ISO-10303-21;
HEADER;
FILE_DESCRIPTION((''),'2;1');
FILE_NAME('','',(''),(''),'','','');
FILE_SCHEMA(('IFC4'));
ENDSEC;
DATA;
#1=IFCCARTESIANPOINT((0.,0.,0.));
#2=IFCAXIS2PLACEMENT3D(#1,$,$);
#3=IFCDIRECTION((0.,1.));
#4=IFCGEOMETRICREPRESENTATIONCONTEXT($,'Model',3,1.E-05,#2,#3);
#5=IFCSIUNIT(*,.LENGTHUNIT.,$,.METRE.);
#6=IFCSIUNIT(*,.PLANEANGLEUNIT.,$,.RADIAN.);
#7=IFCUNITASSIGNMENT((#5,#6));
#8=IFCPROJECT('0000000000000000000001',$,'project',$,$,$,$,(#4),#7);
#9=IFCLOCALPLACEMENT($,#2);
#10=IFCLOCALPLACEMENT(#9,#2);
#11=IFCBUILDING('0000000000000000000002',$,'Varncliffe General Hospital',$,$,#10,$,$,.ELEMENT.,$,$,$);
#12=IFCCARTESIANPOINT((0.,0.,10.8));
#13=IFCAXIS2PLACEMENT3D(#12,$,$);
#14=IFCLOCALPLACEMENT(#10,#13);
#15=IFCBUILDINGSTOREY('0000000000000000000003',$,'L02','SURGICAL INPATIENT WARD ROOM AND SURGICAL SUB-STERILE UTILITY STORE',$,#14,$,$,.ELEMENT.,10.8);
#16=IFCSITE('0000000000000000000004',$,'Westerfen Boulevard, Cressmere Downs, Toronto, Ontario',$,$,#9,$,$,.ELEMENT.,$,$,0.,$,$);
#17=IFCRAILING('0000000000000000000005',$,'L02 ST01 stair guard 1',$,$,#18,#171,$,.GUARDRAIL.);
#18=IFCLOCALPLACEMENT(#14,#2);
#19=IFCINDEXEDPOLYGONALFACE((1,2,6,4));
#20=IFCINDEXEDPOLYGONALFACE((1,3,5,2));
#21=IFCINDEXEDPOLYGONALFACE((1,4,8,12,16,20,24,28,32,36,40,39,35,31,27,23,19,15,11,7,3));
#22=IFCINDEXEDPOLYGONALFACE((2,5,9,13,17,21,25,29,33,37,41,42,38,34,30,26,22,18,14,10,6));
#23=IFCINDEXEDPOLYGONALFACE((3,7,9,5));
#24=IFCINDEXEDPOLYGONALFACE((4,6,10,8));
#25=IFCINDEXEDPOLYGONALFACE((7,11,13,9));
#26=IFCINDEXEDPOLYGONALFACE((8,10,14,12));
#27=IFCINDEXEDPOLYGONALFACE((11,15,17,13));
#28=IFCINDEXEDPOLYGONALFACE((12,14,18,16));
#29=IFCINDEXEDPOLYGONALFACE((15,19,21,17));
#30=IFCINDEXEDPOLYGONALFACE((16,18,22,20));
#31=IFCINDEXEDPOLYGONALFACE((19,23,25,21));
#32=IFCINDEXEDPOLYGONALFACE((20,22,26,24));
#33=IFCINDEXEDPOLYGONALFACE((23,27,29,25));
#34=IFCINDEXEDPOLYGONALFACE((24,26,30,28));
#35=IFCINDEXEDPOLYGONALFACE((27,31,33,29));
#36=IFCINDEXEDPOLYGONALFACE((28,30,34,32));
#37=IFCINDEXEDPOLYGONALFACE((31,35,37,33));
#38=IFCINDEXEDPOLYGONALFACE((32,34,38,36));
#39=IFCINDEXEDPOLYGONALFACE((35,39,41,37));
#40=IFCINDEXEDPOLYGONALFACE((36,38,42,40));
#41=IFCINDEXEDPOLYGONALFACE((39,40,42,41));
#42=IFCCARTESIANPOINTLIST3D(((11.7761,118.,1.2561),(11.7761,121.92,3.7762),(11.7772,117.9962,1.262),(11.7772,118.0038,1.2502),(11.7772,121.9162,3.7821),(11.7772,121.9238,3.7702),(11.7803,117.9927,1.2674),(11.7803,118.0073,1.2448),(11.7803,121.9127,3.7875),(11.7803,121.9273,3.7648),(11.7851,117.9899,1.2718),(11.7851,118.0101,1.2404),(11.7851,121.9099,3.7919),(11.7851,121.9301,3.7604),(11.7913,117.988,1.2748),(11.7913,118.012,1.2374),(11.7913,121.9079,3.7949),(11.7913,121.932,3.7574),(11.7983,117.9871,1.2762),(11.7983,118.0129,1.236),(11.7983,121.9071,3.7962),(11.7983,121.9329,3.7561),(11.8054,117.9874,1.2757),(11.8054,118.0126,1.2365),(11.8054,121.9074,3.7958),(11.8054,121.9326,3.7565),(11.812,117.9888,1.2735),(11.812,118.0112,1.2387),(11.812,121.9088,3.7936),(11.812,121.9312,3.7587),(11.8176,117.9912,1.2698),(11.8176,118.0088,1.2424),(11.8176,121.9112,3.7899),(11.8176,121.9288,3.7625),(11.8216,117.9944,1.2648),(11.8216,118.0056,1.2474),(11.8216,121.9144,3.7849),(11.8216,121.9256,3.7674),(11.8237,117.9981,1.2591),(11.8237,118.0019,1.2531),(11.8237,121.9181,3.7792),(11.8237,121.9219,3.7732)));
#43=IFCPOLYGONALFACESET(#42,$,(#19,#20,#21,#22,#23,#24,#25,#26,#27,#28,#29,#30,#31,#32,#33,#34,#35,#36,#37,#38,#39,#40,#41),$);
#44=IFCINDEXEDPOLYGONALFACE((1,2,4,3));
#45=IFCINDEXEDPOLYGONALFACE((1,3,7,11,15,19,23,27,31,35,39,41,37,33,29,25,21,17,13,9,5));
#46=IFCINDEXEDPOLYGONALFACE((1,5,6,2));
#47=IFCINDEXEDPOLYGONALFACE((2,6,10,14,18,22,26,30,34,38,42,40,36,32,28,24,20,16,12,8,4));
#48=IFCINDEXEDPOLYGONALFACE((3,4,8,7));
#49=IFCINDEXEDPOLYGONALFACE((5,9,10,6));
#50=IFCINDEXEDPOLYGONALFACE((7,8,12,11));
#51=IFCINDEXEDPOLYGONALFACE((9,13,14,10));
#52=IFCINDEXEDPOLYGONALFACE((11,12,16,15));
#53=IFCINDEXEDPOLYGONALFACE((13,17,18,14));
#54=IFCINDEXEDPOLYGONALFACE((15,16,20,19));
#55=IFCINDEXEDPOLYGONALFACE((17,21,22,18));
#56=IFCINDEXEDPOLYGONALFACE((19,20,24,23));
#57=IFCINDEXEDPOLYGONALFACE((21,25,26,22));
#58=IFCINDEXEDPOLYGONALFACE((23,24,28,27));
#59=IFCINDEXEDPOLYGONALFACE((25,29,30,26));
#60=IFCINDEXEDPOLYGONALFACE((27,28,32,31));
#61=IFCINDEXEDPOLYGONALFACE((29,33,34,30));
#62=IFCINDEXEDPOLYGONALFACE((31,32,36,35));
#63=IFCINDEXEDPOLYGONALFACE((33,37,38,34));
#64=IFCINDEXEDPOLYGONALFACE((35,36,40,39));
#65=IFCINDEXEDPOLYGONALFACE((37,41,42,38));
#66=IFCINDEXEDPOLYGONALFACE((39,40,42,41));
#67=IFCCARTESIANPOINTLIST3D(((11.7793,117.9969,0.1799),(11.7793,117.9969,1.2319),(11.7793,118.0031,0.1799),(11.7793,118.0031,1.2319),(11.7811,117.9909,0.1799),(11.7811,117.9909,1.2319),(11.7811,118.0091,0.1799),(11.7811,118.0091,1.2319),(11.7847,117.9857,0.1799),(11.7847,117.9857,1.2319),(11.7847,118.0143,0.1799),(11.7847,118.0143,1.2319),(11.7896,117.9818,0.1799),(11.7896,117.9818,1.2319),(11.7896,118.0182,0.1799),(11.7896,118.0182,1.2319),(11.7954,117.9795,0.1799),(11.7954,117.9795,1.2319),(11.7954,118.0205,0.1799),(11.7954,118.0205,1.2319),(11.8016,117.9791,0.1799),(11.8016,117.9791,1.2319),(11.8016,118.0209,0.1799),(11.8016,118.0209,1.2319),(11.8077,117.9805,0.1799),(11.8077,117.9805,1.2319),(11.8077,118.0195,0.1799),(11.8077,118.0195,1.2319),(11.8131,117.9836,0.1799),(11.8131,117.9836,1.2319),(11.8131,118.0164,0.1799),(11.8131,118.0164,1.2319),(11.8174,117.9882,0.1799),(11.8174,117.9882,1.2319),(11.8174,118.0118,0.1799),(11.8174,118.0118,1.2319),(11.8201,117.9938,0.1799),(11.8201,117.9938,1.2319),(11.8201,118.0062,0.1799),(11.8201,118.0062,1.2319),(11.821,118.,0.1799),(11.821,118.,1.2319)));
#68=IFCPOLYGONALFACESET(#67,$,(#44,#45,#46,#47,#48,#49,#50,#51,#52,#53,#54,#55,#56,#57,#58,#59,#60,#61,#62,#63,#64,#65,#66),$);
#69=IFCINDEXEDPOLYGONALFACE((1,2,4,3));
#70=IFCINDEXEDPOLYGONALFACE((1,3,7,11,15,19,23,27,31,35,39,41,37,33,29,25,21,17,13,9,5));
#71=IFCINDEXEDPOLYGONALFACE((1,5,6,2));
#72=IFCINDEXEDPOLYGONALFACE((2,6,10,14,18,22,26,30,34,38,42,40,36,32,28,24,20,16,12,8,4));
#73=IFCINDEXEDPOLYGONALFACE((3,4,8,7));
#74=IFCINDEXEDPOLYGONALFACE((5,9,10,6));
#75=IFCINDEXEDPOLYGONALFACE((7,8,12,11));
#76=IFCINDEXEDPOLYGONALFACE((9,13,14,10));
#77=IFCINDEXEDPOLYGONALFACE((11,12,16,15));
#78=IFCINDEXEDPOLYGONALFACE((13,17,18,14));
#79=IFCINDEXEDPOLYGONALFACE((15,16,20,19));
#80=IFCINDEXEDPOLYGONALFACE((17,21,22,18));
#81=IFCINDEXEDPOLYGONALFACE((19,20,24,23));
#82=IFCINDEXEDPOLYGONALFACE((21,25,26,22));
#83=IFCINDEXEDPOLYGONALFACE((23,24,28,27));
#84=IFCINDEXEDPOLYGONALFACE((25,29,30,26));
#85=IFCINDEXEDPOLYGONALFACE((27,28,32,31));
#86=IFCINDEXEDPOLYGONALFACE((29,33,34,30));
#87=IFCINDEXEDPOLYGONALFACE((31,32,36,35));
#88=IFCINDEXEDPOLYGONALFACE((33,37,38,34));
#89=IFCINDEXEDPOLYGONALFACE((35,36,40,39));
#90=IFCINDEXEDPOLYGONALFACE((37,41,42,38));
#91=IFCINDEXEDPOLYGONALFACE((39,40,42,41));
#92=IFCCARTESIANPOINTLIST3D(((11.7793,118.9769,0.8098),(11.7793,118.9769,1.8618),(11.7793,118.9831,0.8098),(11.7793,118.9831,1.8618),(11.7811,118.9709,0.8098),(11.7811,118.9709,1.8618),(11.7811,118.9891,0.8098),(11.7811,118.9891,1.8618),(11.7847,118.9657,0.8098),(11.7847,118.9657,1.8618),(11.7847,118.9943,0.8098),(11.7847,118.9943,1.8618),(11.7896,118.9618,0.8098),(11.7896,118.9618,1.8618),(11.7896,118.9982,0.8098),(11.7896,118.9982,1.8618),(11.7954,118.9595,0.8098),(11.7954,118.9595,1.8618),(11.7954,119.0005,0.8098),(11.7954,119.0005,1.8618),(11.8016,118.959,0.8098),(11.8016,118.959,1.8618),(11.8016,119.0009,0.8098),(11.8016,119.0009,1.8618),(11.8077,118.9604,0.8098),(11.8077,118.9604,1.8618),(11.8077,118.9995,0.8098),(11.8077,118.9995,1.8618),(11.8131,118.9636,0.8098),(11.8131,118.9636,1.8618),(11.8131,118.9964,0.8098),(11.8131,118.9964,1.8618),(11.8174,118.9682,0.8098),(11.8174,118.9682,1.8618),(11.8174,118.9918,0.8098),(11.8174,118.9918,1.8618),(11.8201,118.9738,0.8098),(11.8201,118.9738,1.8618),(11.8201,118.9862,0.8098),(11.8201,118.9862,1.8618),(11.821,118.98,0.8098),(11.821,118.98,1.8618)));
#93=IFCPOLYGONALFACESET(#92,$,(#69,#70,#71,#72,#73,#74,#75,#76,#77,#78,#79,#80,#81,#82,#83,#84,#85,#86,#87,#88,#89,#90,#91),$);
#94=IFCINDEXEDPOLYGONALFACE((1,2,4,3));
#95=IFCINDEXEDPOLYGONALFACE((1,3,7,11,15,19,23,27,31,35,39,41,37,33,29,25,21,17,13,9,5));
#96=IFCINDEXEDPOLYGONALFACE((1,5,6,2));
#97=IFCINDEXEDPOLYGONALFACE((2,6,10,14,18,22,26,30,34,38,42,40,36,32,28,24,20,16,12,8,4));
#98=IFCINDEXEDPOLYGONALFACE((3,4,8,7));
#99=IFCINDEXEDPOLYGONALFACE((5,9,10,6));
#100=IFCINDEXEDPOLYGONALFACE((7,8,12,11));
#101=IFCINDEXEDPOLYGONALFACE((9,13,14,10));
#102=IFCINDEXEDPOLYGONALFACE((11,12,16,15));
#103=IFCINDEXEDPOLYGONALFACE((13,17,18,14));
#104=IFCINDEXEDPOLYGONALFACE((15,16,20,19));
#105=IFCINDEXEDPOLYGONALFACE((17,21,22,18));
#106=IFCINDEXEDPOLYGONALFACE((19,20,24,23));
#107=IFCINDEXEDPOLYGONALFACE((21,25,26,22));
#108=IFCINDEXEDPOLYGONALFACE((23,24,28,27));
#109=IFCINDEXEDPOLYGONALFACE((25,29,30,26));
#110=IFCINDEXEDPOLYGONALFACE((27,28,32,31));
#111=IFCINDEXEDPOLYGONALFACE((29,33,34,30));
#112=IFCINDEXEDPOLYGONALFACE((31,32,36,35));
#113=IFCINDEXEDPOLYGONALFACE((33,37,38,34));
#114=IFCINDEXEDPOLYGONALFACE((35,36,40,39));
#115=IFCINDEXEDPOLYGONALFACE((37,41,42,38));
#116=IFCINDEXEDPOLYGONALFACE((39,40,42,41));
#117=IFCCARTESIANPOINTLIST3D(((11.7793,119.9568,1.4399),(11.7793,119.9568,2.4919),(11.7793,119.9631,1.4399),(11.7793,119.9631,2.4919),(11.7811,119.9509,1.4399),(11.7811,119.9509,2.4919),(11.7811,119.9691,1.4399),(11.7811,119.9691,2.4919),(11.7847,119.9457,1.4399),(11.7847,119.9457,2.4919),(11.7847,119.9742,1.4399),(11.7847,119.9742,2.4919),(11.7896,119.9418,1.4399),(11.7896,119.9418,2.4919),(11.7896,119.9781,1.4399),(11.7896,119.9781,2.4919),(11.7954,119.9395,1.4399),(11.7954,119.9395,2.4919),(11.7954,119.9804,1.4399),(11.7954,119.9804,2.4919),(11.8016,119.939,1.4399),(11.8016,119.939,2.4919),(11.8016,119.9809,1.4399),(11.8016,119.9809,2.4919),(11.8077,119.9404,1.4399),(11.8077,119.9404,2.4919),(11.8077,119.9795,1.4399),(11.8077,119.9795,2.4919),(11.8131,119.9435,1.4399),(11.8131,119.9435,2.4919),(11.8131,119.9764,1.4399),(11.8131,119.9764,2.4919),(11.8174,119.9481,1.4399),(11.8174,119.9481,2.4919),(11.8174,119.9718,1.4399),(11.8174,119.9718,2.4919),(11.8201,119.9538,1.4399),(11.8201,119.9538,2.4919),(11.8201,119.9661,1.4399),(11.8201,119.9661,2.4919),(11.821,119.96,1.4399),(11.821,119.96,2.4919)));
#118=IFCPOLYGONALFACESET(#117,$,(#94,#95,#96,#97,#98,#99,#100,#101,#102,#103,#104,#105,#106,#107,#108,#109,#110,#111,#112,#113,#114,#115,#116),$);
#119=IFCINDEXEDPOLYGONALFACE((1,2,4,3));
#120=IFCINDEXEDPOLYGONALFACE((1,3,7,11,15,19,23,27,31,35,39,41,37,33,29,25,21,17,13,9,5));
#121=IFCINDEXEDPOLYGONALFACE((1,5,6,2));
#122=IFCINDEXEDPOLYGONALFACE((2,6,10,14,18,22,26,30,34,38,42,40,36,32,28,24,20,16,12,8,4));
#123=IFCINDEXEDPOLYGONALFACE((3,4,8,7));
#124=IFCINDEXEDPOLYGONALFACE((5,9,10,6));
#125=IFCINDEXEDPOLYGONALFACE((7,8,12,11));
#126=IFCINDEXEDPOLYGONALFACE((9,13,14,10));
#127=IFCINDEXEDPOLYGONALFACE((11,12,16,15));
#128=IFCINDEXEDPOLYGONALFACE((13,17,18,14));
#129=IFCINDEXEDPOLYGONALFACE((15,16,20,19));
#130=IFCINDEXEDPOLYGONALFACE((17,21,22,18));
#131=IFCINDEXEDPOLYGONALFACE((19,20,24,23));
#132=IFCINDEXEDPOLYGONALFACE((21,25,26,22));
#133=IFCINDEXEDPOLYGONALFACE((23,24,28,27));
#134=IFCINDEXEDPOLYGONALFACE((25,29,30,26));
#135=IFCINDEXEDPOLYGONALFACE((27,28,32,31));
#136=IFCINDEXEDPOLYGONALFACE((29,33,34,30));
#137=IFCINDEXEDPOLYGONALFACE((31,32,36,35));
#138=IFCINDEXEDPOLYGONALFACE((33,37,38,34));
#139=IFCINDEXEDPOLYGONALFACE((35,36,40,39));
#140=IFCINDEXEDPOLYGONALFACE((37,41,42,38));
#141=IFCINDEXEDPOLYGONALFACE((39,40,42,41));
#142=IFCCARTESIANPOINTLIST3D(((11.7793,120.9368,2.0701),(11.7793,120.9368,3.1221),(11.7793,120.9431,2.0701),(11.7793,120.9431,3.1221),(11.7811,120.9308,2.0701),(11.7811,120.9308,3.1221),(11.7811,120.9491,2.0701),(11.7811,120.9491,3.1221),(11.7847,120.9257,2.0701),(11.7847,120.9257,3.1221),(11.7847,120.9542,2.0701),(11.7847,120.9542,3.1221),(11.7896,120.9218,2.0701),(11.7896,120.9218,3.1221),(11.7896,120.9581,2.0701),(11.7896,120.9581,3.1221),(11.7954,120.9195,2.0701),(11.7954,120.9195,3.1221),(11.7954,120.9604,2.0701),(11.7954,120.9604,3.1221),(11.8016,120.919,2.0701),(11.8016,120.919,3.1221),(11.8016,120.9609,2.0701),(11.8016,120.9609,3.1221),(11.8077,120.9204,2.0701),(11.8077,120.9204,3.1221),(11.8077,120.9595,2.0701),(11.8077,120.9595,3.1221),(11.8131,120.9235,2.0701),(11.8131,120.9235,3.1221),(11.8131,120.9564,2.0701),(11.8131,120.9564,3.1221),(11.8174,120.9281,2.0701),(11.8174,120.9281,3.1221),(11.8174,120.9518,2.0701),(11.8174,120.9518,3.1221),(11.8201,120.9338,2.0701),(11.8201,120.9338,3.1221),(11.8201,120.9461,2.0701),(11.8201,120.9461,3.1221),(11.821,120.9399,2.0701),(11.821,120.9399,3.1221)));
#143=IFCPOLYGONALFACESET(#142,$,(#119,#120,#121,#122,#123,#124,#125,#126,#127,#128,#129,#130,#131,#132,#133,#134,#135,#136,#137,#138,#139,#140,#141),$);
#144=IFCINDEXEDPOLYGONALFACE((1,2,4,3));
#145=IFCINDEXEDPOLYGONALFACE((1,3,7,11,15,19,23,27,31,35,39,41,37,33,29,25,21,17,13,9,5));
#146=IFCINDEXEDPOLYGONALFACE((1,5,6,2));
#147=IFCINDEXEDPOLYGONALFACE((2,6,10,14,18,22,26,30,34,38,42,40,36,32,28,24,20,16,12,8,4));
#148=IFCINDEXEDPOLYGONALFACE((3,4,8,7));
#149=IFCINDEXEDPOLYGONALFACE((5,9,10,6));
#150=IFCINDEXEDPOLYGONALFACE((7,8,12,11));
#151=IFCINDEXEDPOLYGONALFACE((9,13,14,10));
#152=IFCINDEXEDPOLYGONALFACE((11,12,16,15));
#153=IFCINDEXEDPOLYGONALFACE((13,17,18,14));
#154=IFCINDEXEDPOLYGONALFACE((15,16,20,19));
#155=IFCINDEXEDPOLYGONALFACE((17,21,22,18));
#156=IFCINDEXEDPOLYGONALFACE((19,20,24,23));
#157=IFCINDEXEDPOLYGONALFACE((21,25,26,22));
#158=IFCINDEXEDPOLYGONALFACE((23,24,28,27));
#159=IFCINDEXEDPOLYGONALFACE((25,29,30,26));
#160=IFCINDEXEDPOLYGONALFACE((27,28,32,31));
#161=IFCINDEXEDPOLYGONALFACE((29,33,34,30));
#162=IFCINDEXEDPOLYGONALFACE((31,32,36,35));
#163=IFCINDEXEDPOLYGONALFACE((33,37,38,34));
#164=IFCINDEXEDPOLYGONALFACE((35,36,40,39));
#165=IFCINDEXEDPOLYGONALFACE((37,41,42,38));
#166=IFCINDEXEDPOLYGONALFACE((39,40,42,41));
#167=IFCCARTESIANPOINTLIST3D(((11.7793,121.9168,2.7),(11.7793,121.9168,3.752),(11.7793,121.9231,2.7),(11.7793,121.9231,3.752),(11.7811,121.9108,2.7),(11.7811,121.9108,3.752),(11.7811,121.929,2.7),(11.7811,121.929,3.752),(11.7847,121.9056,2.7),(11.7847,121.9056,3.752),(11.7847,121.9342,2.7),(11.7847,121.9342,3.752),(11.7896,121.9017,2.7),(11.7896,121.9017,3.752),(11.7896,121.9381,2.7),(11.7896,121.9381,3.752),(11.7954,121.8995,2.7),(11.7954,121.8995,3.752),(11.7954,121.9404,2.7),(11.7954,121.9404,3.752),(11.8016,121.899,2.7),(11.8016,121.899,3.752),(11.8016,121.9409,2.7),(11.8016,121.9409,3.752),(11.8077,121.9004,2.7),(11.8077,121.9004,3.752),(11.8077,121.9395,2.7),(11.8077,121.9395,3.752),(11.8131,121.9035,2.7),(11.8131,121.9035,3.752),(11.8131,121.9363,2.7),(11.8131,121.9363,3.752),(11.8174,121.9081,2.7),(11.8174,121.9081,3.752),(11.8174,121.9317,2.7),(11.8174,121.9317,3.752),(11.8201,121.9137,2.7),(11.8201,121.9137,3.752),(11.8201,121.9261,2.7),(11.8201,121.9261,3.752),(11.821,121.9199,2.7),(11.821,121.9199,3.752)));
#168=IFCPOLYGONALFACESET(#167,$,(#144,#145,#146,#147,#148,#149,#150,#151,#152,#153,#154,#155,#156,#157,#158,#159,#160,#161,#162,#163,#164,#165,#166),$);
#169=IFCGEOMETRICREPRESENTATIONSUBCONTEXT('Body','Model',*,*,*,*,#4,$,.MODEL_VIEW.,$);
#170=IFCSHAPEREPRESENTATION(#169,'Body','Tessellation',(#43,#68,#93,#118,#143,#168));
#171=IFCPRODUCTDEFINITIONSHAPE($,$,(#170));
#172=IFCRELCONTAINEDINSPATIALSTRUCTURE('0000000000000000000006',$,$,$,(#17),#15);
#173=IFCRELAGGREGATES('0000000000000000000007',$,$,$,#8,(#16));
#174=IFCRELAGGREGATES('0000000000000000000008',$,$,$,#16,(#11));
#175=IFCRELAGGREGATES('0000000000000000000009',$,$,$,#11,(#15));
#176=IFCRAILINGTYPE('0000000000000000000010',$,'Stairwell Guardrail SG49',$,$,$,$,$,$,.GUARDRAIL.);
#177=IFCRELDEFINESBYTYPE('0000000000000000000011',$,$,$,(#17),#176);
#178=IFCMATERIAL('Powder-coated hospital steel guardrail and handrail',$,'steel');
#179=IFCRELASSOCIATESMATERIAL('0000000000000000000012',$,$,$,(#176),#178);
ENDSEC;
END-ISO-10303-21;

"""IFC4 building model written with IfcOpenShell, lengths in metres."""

from ifc_helpers import new_model, si_unit, direction, frame, origin, origin_2d, place, context, subcontext, project, spatial, circle, extrude, material, type_object, element, save


model = new_model("IFC4")

# Units and contexts
model_context = context("Model", 3, precision=1e-05, world=origin(), true_north=direction((0.0, 1.0)))
body_context = subcontext(model_context, "Body", "Model", "MODEL_VIEW")
ifc_project = project(units=[si_unit("LENGTHUNIT", "METRE"), si_unit("PLANEANGLEUNIT", "RADIAN")], contexts=[model_context])

# Site, building, storey
site_placement = place(None, origin())
site = spatial("IfcSite", under=ifc_project, at=site_placement, Name="Westerfen Boulevard, Cressmere Downs, Toronto, Ontario", CompositionType="ELEMENT", RefElevation=0.0)
building_placement = place(site_placement, origin())
building = spatial("IfcBuilding", under=site, at=building_placement, Name="Varncliffe General Hospital", CompositionType="ELEMENT")
storey_placement = place(building_placement, frame((0.0, 0.0, 10.8)))
storey = spatial("IfcBuildingStorey", under=building, at=storey_placement, Name="L02", Description="SURGICAL INPATIENT WARD ROOM AND SURGICAL SUB-STERILE UTILITY STORE", CompositionType="ELEMENT", Elevation=10.8)

# Railing
ifc_material_1 = material(Name="Powder-coated hospital steel guardrail and handrail", Category="steel")
railing_type_1 = type_object("IfcRailingType", Name="Stairwell Guardrail SG49", PredefinedType="GUARDRAIL", material=ifc_material_1)
railing_1_placement = place(storey_placement, frame((11.8, 118.0, 0.1799)))
element("IfcRailing", 1, at=railing_1_placement, inside=storey, type_object=railing_type_1, Name="L02 ST01 stair guard 1", PredefinedType="GUARDRAIL", context=body_context, shape_type="SweptSolid", body=[
    extrude(circle(Radius=0.0239, at=origin_2d()), frame((0.0, 0.0, 1.0762), z_axis=(0.0, 0.841172, 0.540768), x_axis=(-1.0, 0.0, 0.0)), (0.0, 0.0, 1.0), 4.6602),
    extrude(circle(Radius=0.021, at=origin_2d()), origin(), (0.0, 0.0, 1.0), 1.052),
    extrude(circle(Radius=0.021, at=origin_2d()), frame((0.0, 0.98, 0.6299)), (0.0, 0.0, 1.0), 1.052),
    extrude(circle(Radius=0.021, at=origin_2d()), frame((0.0, 1.96, 1.26)), (0.0, 0.0, 1.0), 1.052),
    extrude(circle(Radius=0.021, at=origin_2d()), frame((0.0, 2.9399, 1.8901)), (0.0, 0.0, 1.0), 1.052),
    extrude(circle(Radius=0.021, at=origin_2d()), frame((0.0, 3.9199, 2.52)), (0.0, 0.0, 1.0), 1.052),
])

save(model, "model.ifc")
